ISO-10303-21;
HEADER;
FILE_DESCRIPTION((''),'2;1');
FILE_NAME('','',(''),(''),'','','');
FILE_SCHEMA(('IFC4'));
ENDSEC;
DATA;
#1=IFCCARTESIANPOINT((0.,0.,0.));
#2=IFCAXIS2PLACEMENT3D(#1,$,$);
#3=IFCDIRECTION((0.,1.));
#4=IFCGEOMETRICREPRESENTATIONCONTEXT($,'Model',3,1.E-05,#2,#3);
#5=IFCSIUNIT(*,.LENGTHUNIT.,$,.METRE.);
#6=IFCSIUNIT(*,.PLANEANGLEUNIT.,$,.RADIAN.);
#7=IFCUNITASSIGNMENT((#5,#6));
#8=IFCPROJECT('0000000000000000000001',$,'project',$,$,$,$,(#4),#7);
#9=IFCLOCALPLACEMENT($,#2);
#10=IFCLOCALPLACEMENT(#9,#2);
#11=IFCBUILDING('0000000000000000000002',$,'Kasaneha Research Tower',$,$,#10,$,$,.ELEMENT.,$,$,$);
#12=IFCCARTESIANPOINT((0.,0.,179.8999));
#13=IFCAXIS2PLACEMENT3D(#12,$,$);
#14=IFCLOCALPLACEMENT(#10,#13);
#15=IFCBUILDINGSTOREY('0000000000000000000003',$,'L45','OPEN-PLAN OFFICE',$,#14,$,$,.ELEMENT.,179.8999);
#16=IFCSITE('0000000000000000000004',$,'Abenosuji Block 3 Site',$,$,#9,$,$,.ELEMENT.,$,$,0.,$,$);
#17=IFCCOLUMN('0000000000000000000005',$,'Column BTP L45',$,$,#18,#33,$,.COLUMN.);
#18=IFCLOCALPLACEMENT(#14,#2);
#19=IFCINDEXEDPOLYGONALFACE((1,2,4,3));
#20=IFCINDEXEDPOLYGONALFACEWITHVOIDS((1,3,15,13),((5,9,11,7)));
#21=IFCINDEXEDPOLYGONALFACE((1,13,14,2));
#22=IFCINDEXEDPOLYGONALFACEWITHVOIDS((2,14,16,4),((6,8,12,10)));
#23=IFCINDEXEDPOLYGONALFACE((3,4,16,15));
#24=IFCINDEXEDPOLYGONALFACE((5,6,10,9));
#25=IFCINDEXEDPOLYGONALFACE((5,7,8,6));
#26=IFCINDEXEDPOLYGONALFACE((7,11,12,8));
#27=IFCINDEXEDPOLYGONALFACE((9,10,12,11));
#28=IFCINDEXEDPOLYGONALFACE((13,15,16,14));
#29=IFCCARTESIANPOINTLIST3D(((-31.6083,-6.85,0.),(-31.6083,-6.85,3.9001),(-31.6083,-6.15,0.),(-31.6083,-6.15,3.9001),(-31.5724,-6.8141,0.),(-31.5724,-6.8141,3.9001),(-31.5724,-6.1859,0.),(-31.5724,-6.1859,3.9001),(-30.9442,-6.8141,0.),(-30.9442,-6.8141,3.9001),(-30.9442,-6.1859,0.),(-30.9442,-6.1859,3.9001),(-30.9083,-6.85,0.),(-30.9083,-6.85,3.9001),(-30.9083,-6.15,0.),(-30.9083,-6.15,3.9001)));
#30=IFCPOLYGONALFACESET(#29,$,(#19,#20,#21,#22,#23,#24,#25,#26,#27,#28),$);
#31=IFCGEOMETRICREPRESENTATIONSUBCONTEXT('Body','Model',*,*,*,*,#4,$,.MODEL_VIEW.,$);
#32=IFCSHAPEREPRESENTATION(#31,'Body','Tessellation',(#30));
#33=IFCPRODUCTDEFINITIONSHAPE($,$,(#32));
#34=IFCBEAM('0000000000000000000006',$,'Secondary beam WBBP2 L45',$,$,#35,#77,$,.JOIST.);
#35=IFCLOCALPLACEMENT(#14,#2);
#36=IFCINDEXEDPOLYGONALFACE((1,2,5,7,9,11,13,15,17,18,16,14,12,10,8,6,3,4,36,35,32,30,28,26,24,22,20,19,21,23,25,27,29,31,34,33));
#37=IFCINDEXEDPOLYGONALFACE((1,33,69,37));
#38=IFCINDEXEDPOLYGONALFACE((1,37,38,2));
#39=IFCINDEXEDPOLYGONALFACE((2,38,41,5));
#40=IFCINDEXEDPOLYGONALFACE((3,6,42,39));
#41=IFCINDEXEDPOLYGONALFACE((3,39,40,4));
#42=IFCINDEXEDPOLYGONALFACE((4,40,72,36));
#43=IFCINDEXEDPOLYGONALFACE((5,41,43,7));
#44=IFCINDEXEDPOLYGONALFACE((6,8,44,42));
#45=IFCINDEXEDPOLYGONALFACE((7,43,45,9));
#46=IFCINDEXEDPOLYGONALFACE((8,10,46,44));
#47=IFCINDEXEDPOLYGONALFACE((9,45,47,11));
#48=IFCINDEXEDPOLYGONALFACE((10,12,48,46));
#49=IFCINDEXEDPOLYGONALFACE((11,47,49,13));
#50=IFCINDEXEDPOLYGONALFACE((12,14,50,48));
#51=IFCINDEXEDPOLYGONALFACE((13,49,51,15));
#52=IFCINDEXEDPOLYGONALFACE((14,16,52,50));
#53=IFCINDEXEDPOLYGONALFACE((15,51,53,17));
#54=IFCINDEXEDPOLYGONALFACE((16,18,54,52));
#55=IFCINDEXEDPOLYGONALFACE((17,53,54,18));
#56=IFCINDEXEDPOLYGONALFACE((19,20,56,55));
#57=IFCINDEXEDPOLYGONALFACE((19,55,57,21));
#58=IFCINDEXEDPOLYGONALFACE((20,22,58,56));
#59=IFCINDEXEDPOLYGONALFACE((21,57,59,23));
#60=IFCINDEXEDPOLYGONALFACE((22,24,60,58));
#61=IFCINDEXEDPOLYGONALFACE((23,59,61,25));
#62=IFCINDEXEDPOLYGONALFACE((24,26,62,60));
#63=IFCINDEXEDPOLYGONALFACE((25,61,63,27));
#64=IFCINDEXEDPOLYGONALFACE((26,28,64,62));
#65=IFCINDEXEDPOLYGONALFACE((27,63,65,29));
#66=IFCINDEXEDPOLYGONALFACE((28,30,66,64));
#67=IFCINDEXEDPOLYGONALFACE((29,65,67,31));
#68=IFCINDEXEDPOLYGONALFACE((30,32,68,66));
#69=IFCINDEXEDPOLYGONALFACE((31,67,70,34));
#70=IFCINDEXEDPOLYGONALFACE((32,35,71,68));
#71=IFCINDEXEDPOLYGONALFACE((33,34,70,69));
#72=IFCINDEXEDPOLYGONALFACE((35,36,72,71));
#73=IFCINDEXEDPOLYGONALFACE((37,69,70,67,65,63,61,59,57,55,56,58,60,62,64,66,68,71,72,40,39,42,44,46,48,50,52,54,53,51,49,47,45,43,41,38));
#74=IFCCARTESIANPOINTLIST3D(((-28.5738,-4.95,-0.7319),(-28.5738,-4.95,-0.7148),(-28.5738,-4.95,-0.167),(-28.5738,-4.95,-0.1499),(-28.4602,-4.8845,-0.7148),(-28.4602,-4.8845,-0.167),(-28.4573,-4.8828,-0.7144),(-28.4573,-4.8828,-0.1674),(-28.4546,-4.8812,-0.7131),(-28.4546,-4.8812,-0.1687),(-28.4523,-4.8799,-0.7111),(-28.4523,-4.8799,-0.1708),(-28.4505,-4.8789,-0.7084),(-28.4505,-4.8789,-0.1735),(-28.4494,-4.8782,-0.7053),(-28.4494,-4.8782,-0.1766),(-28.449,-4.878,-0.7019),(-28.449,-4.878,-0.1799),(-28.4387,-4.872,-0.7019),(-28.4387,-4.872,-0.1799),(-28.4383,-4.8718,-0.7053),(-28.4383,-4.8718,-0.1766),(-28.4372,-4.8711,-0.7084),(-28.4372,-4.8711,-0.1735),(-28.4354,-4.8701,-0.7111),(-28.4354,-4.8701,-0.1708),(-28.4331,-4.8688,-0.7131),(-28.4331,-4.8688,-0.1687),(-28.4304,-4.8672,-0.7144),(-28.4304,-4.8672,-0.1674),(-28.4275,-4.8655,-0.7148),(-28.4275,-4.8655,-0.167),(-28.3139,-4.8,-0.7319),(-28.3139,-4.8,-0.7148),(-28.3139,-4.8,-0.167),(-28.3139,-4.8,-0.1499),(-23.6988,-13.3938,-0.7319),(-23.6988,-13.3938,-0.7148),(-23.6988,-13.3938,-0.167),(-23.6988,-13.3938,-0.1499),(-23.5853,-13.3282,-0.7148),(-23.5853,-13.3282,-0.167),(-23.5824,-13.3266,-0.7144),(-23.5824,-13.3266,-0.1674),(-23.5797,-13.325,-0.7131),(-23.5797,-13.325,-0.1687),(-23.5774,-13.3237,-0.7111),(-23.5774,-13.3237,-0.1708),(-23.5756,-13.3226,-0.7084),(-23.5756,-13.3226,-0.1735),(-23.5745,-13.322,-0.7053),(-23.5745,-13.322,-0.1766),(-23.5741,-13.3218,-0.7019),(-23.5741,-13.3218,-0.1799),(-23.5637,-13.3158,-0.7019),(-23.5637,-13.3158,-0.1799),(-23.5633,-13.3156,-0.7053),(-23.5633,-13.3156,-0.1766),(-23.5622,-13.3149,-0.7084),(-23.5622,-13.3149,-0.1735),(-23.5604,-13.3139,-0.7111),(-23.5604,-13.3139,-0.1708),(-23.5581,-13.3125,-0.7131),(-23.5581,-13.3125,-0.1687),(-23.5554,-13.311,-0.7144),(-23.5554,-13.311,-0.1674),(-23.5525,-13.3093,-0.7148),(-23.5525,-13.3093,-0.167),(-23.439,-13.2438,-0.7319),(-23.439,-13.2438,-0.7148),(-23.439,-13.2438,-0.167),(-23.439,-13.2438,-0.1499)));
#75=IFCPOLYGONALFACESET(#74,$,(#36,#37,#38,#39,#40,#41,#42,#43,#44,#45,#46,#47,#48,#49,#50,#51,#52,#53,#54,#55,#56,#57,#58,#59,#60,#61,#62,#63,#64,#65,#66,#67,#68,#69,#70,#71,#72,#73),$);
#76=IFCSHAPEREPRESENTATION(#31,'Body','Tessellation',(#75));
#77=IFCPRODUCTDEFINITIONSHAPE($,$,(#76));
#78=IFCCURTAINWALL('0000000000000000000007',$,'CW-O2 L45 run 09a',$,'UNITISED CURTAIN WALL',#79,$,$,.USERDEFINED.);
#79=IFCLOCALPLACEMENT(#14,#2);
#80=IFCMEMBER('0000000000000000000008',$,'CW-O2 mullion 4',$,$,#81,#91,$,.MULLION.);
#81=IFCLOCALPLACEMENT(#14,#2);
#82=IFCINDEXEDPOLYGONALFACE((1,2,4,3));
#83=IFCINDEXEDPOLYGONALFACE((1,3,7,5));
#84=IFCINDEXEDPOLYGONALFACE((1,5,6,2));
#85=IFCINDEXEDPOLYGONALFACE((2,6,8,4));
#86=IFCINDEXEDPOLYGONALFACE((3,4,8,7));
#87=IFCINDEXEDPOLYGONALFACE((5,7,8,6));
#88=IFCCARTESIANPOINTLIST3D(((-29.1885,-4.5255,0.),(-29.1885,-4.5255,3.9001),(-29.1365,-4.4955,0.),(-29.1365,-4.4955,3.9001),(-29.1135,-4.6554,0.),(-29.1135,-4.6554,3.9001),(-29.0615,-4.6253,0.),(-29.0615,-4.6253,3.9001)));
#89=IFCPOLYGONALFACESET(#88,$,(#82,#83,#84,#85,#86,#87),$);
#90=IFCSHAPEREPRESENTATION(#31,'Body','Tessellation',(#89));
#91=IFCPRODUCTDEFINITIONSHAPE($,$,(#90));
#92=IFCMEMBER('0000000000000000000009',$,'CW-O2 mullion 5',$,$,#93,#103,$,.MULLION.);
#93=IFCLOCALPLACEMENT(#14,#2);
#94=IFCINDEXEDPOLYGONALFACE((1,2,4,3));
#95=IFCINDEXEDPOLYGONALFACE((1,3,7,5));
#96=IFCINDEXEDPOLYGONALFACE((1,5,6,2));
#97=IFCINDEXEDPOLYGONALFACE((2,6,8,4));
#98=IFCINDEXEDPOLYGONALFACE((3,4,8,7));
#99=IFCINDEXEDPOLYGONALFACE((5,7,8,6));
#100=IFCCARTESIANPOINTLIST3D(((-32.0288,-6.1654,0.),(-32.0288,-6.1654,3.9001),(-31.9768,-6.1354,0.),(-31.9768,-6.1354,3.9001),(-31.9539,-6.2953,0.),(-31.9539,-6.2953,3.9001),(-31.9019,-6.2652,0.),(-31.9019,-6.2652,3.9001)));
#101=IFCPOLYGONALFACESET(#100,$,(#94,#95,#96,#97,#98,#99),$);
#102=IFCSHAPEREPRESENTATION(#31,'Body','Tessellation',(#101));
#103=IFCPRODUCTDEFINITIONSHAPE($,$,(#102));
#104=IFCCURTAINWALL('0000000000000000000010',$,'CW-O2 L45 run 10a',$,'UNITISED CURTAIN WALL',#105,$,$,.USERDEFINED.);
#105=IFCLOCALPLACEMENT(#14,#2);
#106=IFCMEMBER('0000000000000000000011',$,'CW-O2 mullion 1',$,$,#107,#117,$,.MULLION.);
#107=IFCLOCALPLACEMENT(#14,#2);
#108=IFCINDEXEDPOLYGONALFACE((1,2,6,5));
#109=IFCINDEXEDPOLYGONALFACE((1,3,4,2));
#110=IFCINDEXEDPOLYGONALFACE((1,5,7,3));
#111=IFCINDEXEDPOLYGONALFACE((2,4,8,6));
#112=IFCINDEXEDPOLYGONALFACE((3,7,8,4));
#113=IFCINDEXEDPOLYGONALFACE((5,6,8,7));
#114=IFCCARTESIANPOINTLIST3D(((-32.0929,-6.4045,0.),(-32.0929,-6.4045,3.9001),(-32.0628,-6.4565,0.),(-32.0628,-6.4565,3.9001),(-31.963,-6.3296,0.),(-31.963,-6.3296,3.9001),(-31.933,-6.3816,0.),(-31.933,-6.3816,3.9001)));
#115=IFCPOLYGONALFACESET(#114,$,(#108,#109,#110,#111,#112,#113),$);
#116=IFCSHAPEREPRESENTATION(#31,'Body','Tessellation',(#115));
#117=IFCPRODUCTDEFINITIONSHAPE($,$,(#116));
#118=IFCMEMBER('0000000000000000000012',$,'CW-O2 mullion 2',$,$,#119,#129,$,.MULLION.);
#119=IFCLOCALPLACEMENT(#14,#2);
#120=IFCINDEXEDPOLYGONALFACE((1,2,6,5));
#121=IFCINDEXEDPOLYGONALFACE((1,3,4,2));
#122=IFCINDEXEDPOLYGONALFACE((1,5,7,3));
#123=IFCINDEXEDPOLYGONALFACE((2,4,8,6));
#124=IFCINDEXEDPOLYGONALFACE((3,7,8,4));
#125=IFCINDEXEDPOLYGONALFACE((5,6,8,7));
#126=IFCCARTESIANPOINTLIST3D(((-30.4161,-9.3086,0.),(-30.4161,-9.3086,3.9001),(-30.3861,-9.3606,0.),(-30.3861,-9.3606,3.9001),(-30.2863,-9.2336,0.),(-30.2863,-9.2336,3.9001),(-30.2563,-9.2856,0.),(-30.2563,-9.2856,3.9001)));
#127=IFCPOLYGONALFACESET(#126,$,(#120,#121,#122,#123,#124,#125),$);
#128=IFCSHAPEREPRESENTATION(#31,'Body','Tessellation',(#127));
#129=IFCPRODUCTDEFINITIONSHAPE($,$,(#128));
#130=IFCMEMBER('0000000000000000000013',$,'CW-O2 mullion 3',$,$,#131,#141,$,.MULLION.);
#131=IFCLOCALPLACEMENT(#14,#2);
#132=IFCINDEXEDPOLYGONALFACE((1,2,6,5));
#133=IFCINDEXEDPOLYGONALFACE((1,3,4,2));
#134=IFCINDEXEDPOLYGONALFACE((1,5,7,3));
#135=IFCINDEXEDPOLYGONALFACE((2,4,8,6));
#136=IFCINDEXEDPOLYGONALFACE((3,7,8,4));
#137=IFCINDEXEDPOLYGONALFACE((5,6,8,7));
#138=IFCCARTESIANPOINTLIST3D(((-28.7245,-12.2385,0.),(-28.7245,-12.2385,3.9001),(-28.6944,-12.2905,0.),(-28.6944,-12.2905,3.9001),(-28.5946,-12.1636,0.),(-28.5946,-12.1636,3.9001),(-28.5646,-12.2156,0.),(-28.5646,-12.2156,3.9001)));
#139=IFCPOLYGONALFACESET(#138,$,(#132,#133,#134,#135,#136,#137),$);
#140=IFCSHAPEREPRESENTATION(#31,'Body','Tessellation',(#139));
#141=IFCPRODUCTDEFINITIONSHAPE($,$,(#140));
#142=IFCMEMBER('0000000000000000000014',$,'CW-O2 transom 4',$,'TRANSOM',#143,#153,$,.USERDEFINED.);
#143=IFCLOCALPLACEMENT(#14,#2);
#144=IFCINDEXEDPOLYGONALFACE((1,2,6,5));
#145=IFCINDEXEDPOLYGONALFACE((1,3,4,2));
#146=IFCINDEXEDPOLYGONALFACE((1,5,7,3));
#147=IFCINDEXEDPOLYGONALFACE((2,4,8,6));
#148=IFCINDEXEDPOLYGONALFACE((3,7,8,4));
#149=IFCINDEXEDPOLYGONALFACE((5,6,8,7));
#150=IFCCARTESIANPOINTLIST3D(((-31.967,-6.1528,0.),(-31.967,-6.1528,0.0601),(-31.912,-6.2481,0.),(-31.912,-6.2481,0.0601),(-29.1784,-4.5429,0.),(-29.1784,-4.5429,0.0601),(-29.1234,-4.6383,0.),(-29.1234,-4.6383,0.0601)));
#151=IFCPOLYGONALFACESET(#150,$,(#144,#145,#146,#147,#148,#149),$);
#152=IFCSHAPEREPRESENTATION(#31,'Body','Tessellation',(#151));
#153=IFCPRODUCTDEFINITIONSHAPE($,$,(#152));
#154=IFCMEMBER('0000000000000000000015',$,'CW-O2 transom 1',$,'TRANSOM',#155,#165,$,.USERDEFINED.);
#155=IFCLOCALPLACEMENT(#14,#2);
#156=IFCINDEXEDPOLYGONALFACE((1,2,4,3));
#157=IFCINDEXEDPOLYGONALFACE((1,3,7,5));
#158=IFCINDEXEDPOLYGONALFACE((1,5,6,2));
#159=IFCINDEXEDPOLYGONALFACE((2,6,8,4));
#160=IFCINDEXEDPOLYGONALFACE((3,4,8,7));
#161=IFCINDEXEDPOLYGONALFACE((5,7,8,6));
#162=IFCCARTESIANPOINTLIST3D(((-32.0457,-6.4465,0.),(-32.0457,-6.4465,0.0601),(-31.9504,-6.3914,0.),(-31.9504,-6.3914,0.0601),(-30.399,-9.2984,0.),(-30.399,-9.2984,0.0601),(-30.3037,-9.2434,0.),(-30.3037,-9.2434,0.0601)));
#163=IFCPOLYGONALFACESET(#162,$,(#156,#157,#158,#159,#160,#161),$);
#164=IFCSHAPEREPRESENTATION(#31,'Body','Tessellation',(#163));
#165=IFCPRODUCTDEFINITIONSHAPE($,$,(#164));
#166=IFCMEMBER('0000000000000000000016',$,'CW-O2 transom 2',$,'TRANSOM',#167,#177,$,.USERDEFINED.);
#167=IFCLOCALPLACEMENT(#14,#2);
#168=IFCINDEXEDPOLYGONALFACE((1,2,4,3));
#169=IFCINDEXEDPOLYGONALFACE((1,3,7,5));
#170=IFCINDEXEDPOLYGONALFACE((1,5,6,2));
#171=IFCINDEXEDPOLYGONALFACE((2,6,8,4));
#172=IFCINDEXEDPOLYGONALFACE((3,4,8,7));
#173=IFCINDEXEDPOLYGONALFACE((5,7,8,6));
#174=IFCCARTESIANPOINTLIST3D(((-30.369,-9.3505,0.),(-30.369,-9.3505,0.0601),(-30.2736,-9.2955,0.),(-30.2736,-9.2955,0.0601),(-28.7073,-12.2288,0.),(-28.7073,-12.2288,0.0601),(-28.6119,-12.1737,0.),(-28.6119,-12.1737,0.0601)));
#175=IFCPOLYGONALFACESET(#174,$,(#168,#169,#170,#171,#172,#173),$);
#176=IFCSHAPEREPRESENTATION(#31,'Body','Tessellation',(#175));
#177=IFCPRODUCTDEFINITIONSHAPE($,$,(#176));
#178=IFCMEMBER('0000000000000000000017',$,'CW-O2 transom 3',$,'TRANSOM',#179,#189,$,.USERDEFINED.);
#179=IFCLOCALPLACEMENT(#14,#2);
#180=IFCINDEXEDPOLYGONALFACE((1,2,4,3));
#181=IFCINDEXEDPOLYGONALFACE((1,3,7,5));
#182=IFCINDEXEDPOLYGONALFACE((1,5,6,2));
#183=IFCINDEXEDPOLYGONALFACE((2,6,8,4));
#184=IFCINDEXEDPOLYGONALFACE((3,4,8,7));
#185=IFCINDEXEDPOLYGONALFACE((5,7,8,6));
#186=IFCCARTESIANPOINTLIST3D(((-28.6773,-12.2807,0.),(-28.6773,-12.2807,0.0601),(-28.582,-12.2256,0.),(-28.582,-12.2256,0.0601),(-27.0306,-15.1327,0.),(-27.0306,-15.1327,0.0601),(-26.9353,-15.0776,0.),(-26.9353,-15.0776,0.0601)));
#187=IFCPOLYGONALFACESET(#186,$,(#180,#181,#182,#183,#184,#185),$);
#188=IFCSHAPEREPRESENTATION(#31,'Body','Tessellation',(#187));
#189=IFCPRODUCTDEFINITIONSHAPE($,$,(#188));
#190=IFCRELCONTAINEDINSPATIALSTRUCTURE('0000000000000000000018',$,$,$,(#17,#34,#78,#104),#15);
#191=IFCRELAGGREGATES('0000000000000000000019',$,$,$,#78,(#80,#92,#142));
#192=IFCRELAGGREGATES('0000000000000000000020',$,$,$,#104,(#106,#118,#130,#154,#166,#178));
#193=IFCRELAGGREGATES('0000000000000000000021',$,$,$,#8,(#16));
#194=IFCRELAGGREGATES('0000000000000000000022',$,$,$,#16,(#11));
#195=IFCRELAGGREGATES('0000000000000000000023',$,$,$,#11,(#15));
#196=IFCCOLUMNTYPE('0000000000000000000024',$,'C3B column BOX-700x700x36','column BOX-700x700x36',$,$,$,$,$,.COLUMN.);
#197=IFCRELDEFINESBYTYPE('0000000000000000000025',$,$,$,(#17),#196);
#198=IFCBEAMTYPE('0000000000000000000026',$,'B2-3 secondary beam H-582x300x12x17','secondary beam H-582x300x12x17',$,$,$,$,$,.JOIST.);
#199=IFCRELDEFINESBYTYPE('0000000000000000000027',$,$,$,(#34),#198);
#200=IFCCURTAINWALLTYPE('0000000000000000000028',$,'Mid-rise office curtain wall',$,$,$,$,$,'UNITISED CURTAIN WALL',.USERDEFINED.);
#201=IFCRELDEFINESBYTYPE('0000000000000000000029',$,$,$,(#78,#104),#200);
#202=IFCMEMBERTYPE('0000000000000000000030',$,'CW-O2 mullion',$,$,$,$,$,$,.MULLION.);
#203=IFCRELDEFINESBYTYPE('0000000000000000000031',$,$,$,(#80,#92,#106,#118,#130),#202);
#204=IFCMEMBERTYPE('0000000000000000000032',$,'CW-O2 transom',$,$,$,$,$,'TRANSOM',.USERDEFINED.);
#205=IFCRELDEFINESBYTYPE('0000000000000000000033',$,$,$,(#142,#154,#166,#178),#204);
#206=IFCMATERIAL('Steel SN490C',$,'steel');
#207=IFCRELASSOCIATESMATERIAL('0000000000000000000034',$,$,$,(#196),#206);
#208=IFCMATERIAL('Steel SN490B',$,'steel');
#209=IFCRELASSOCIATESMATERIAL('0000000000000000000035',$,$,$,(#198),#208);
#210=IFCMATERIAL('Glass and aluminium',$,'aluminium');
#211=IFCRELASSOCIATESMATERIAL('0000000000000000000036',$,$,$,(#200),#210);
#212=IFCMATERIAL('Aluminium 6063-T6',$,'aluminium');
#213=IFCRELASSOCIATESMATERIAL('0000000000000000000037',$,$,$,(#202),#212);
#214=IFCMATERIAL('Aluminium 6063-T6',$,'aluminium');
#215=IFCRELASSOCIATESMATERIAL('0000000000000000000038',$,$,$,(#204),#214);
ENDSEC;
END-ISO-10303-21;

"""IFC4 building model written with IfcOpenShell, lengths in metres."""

from ifc_helpers import new_model, si_unit, direction, frame, origin, origin_2d, place, context, subcontext, project, spatial, rectangle, hollow_rectangle, i_section, extrude, material, material_profile, profile_set, type_object, element, aggregate, save


model = new_model("IFC4")

# Units and contexts
model_context = context("Model", 3, precision=1e-05, world=origin(), true_north=direction((0.0, 1.0)))
body_context = subcontext(model_context, "Body", "Model", "MODEL_VIEW")
ifc_project = project(units=[si_unit("LENGTHUNIT", "METRE"), si_unit("PLANEANGLEUNIT", "RADIAN")], contexts=[model_context])

# Site, building, storey
site_placement = place(None, origin())
site = spatial("IfcSite", under=ifc_project, at=site_placement, Name="Abenosuji Block 3 Site", CompositionType="ELEMENT", RefElevation=0.0)
building_placement = place(site_placement, origin())
building = spatial("IfcBuilding", under=site, at=building_placement, Name="Kasaneha Research Tower", CompositionType="ELEMENT")
storey_placement = place(building_placement, frame((0.0, 0.0, 179.8999)))
storey = spatial("IfcBuildingStorey", under=building, at=storey_placement, Name="L45", Description="OPEN-PLAN OFFICE", CompositionType="ELEMENT", Elevation=179.8999)

# Column
ifc_material_1 = material(Name="Steel SN490C", Category="steel")
ifc_material_profile_1 = material_profile(ifc_material_1, hollow_rectangle(XDim=0.7, YDim=0.7, WallThickness=0.0359, at=origin_2d()), Name="BOX-700x700x36")
ifc_profile_set_1 = profile_set([ifc_material_profile_1], Name="Steel SN490C")
column_type = type_object("IfcColumnType", Name="C3B column BOX-700x700x36", Description="column BOX-700x700x36", PredefinedType="COLUMN", material=ifc_profile_set_1)
column_placement = place(storey_placement, frame((-31.2583, -6.5, 0.0), z_axis=(0.0, 0.0, 1.0), x_axis=(1.0, 0.0, 0.0)))
element("IfcColumn", 1, at=column_placement, inside=storey, type_object=column_type, Name="Column BTP L45", PredefinedType="COLUMN", context=body_context, shape_type="SweptSolid", body=[
    extrude(hollow_rectangle(XDim=0.7, YDim=0.7, WallThickness=0.0359, at=origin_2d()), origin(), (0.0, 0.0, 1.0), 3.9001),
])

# Beam
ifc_material_2 = material(Name="Steel SN490B", Category="steel")
ifc_material_profile_2 = material_profile(ifc_material_2, i_section(OverallWidth=0.3, OverallDepth=0.582, WebThickness=0.012, FlangeThickness=0.0171, FilletRadius=0.0129, at=origin_2d()), Name="H-582x300x12x17")
ifc_profile_set_2 = profile_set([ifc_material_profile_2], Name="Steel SN490B")
beam_type_1 = type_object("IfcBeamType", Name="B2-3 secondary beam H-582x300x12x17", Description="secondary beam H-582x300x12x17", PredefinedType="JOIST", material=ifc_profile_set_2)
beam_1_placement = place(storey_placement, frame((-28.4438, -4.875, -0.4409), z_axis=(0.499996, -0.866028, 0.0), x_axis=(0.866028, 0.499996, 0.0)))
element("IfcBeam", 2, at=beam_1_placement, inside=storey, type_object=beam_type_1, Name="Secondary beam WBBP2 L45", PredefinedType="JOIST", context=body_context, shape_type="SweptSolid", body=[
    extrude(i_section(OverallWidth=0.3, OverallDepth=0.582, WebThickness=0.012, FlangeThickness=0.0171, FilletRadius=0.0129, at=origin_2d()), origin(), (0.0, 0.0, 1.0), 9.75),
])

# Curtain walls, members
ifc_material_3 = material(Name="Glass and aluminium", Category="aluminium")
curtain_wall_type = type_object("IfcCurtainWallType", Name="Mid-rise office curtain wall", ElementType="UNITISED CURTAIN WALL", PredefinedType="USERDEFINED", material=ifc_material_3)
curtain_wall_1_placement = place(storey_placement, origin())
curtain_wall_1 = element("IfcCurtainWall", 3, at=curtain_wall_1_placement, inside=storey, type_object=curtain_wall_type, Name="CW-O2 L45 run 09a", ObjectType="UNITISED CURTAIN WALL", PredefinedType="USERDEFINED")
ifc_material_4 = material(Name="Aluminium 6063-T6", Category="aluminium")
ifc_material_profile_3 = material_profile(ifc_material_4, rectangle(XDim=0.0601, YDim=0.1499, at=origin_2d()), Name="CW-O2 mullion 60x150")
ifc_profile_set_3 = profile_set([ifc_material_profile_3], Name="Aluminium 6063-T6")
member_type_1 = type_object("IfcMemberType", Name="CW-O2 mullion", PredefinedType="MULLION", material=ifc_profile_set_3)
member_1_placement = place(storey_placement, frame((-29.125, -4.5754, 0.0), z_axis=(0.0, 0.0, 1.0), x_axis=(-0.866025, -0.5, 0.0)))
member_1 = element("IfcMember", 4, at=member_1_placement, type_object=member_type_1, Name="CW-O2 mullion 4", PredefinedType="MULLION", context=body_context, shape_type="SweptSolid", body=[
    extrude(rectangle(XDim=0.0601, YDim=0.1499, at=origin_2d()), origin(), (0.0, 0.0, 1.0), 3.9001),
])
member_2_placement = place(storey_placement, frame((-31.9653, -6.2153, 0.0), z_axis=(0.0, 0.0, 1.0), x_axis=(-0.866025, -0.5, 0.0)))
member_2 = element("IfcMember", 5, at=member_2_placement, type_object=member_type_1, Name="CW-O2 mullion 5", PredefinedType="MULLION", context=body_context, shape_type="SweptSolid", body=[
    extrude(rectangle(XDim=0.0601, YDim=0.1499, at=origin_2d()), origin(), (0.0, 0.0, 1.0), 3.9001),
])
curtain_wall_2_placement = place(storey_placement, origin())
curtain_wall_2 = element("IfcCurtainWall", 6, at=curtain_wall_2_placement, inside=storey, type_object=curtain_wall_type, Name="CW-O2 L45 run 10a", ObjectType="UNITISED CURTAIN WALL", PredefinedType="USERDEFINED")
member_3_placement = place(storey_placement, frame((-32.0129, -6.3931, 0.0), z_axis=(0.0, 0.0, 1.0), x_axis=(0.5, -0.866025, 0.0)))
member_3 = element("IfcMember", 7, at=member_3_placement, type_object=member_type_1, Name="CW-O2 mullion 1", PredefinedType="MULLION", context=body_context, shape_type="SweptSolid", body=[
    extrude(rectangle(XDim=0.0601, YDim=0.1499, at=origin_2d()), origin(), (0.0, 0.0, 1.0), 3.9001),
])
member_4_placement = place(storey_placement, frame((-30.3362, -9.2971, 0.0), z_axis=(0.0, 0.0, 1.0), x_axis=(0.5, -0.866025, 0.0)))
member_4 = element("IfcMember", 8, at=member_4_placement, type_object=member_type_1, Name="CW-O2 mullion 2", PredefinedType="MULLION", context=body_context, shape_type="SweptSolid", body=[
    extrude(rectangle(XDim=0.0601, YDim=0.1499, at=origin_2d()), origin(), (0.0, 0.0, 1.0), 3.9001),
])
member_5_placement = place(storey_placement, frame((-28.6445, -12.2271, 0.0), z_axis=(0.0, 0.0, 1.0), x_axis=(0.5, -0.866025, 0.0)))
member_5 = element("IfcMember", 9, at=member_5_placement, type_object=member_type_1, Name="CW-O2 mullion 3", PredefinedType="MULLION", context=body_context, shape_type="SweptSolid", body=[
    extrude(rectangle(XDim=0.0601, YDim=0.1499, at=origin_2d()), origin(), (0.0, 0.0, 1.0), 3.9001),
])

# Members
ifc_material_5 = material(Name="Aluminium 6063-T6", Category="aluminium")
ifc_material_profile_4 = material_profile(ifc_material_5, rectangle(XDim=0.1101, YDim=0.0601, at=origin_2d()), Name="CW-O2 transom 110x60")
ifc_profile_set_4 = profile_set([ifc_material_profile_4], Name="Aluminium 6063-T6")
member_type_2 = type_object("IfcMemberType", Name="CW-O2 transom", ElementType="TRANSOM", PredefinedType="USERDEFINED", material=ifc_profile_set_4)
member_6_placement = place(storey_placement, frame((-29.1509, -4.5906, 0.03), z_axis=(-0.866042, -0.499972, 0.0), x_axis=(0.499972, -0.866042, 0.0)))
member_6 = element("IfcMember", 10, at=member_6_placement, type_object=member_type_2, Name="CW-O2 transom 4", ObjectType="TRANSOM", PredefinedType="USERDEFINED", context=body_context, shape_type="SweptSolid", body=[
    extrude(rectangle(XDim=0.1101, YDim=0.0601, at=origin_2d()), origin(), (0.0, 0.0, 1.0), 3.22),
])
member_7_placement = place(storey_placement, frame((-31.998, -6.4189, 0.03), z_axis=(0.500022, -0.866013, 0.0), x_axis=(0.866013, 0.500022, 0.0)))
member_7 = element("IfcMember", 11, at=member_7_placement, type_object=member_type_2, Name="CW-O2 transom 1", ObjectType="TRANSOM", PredefinedType="USERDEFINED", context=body_context, shape_type="SweptSolid", body=[
    extrude(rectangle(XDim=0.1101, YDim=0.0601, at=origin_2d()), origin(), (0.0, 0.0, 1.0), 3.2932),
])
member_8_placement = place(storey_placement, frame((-30.3213, -9.323, 0.03), z_axis=(0.499979, -0.866038, 0.0), x_axis=(0.866038, 0.499979, 0.0)))
member_8 = element("IfcMember", 12, at=member_8_placement, type_object=member_type_2, Name="CW-O2 transom 2", ObjectType="TRANSOM", PredefinedType="USERDEFINED", context=body_context, shape_type="SweptSolid", body=[
    extrude(rectangle(XDim=0.1101, YDim=0.0601, at=origin_2d()), origin(), (0.0, 0.0, 1.0), 3.3235),
])
member_9_placement = place(storey_placement, frame((-28.6296, -12.2532, 0.03), z_axis=(0.500022, -0.866013, 0.0), x_axis=(0.866013, 0.500022, 0.0)))
member_9 = element("IfcMember", 13, at=member_9_placement, type_object=member_type_2, Name="CW-O2 transom 3", ObjectType="TRANSOM", PredefinedType="USERDEFINED", context=body_context, shape_type="SweptSolid", body=[
    extrude(rectangle(XDim=0.1101, YDim=0.0601, at=origin_2d()), origin(), (0.0, 0.0, 1.0), 3.2932),
])

aggregate(curtain_wall_1, [member_1, member_2, member_6])
aggregate(curtain_wall_2, [member_3, member_4, member_5, member_7, member_8, member_9])

save(model, "model.ifc")
